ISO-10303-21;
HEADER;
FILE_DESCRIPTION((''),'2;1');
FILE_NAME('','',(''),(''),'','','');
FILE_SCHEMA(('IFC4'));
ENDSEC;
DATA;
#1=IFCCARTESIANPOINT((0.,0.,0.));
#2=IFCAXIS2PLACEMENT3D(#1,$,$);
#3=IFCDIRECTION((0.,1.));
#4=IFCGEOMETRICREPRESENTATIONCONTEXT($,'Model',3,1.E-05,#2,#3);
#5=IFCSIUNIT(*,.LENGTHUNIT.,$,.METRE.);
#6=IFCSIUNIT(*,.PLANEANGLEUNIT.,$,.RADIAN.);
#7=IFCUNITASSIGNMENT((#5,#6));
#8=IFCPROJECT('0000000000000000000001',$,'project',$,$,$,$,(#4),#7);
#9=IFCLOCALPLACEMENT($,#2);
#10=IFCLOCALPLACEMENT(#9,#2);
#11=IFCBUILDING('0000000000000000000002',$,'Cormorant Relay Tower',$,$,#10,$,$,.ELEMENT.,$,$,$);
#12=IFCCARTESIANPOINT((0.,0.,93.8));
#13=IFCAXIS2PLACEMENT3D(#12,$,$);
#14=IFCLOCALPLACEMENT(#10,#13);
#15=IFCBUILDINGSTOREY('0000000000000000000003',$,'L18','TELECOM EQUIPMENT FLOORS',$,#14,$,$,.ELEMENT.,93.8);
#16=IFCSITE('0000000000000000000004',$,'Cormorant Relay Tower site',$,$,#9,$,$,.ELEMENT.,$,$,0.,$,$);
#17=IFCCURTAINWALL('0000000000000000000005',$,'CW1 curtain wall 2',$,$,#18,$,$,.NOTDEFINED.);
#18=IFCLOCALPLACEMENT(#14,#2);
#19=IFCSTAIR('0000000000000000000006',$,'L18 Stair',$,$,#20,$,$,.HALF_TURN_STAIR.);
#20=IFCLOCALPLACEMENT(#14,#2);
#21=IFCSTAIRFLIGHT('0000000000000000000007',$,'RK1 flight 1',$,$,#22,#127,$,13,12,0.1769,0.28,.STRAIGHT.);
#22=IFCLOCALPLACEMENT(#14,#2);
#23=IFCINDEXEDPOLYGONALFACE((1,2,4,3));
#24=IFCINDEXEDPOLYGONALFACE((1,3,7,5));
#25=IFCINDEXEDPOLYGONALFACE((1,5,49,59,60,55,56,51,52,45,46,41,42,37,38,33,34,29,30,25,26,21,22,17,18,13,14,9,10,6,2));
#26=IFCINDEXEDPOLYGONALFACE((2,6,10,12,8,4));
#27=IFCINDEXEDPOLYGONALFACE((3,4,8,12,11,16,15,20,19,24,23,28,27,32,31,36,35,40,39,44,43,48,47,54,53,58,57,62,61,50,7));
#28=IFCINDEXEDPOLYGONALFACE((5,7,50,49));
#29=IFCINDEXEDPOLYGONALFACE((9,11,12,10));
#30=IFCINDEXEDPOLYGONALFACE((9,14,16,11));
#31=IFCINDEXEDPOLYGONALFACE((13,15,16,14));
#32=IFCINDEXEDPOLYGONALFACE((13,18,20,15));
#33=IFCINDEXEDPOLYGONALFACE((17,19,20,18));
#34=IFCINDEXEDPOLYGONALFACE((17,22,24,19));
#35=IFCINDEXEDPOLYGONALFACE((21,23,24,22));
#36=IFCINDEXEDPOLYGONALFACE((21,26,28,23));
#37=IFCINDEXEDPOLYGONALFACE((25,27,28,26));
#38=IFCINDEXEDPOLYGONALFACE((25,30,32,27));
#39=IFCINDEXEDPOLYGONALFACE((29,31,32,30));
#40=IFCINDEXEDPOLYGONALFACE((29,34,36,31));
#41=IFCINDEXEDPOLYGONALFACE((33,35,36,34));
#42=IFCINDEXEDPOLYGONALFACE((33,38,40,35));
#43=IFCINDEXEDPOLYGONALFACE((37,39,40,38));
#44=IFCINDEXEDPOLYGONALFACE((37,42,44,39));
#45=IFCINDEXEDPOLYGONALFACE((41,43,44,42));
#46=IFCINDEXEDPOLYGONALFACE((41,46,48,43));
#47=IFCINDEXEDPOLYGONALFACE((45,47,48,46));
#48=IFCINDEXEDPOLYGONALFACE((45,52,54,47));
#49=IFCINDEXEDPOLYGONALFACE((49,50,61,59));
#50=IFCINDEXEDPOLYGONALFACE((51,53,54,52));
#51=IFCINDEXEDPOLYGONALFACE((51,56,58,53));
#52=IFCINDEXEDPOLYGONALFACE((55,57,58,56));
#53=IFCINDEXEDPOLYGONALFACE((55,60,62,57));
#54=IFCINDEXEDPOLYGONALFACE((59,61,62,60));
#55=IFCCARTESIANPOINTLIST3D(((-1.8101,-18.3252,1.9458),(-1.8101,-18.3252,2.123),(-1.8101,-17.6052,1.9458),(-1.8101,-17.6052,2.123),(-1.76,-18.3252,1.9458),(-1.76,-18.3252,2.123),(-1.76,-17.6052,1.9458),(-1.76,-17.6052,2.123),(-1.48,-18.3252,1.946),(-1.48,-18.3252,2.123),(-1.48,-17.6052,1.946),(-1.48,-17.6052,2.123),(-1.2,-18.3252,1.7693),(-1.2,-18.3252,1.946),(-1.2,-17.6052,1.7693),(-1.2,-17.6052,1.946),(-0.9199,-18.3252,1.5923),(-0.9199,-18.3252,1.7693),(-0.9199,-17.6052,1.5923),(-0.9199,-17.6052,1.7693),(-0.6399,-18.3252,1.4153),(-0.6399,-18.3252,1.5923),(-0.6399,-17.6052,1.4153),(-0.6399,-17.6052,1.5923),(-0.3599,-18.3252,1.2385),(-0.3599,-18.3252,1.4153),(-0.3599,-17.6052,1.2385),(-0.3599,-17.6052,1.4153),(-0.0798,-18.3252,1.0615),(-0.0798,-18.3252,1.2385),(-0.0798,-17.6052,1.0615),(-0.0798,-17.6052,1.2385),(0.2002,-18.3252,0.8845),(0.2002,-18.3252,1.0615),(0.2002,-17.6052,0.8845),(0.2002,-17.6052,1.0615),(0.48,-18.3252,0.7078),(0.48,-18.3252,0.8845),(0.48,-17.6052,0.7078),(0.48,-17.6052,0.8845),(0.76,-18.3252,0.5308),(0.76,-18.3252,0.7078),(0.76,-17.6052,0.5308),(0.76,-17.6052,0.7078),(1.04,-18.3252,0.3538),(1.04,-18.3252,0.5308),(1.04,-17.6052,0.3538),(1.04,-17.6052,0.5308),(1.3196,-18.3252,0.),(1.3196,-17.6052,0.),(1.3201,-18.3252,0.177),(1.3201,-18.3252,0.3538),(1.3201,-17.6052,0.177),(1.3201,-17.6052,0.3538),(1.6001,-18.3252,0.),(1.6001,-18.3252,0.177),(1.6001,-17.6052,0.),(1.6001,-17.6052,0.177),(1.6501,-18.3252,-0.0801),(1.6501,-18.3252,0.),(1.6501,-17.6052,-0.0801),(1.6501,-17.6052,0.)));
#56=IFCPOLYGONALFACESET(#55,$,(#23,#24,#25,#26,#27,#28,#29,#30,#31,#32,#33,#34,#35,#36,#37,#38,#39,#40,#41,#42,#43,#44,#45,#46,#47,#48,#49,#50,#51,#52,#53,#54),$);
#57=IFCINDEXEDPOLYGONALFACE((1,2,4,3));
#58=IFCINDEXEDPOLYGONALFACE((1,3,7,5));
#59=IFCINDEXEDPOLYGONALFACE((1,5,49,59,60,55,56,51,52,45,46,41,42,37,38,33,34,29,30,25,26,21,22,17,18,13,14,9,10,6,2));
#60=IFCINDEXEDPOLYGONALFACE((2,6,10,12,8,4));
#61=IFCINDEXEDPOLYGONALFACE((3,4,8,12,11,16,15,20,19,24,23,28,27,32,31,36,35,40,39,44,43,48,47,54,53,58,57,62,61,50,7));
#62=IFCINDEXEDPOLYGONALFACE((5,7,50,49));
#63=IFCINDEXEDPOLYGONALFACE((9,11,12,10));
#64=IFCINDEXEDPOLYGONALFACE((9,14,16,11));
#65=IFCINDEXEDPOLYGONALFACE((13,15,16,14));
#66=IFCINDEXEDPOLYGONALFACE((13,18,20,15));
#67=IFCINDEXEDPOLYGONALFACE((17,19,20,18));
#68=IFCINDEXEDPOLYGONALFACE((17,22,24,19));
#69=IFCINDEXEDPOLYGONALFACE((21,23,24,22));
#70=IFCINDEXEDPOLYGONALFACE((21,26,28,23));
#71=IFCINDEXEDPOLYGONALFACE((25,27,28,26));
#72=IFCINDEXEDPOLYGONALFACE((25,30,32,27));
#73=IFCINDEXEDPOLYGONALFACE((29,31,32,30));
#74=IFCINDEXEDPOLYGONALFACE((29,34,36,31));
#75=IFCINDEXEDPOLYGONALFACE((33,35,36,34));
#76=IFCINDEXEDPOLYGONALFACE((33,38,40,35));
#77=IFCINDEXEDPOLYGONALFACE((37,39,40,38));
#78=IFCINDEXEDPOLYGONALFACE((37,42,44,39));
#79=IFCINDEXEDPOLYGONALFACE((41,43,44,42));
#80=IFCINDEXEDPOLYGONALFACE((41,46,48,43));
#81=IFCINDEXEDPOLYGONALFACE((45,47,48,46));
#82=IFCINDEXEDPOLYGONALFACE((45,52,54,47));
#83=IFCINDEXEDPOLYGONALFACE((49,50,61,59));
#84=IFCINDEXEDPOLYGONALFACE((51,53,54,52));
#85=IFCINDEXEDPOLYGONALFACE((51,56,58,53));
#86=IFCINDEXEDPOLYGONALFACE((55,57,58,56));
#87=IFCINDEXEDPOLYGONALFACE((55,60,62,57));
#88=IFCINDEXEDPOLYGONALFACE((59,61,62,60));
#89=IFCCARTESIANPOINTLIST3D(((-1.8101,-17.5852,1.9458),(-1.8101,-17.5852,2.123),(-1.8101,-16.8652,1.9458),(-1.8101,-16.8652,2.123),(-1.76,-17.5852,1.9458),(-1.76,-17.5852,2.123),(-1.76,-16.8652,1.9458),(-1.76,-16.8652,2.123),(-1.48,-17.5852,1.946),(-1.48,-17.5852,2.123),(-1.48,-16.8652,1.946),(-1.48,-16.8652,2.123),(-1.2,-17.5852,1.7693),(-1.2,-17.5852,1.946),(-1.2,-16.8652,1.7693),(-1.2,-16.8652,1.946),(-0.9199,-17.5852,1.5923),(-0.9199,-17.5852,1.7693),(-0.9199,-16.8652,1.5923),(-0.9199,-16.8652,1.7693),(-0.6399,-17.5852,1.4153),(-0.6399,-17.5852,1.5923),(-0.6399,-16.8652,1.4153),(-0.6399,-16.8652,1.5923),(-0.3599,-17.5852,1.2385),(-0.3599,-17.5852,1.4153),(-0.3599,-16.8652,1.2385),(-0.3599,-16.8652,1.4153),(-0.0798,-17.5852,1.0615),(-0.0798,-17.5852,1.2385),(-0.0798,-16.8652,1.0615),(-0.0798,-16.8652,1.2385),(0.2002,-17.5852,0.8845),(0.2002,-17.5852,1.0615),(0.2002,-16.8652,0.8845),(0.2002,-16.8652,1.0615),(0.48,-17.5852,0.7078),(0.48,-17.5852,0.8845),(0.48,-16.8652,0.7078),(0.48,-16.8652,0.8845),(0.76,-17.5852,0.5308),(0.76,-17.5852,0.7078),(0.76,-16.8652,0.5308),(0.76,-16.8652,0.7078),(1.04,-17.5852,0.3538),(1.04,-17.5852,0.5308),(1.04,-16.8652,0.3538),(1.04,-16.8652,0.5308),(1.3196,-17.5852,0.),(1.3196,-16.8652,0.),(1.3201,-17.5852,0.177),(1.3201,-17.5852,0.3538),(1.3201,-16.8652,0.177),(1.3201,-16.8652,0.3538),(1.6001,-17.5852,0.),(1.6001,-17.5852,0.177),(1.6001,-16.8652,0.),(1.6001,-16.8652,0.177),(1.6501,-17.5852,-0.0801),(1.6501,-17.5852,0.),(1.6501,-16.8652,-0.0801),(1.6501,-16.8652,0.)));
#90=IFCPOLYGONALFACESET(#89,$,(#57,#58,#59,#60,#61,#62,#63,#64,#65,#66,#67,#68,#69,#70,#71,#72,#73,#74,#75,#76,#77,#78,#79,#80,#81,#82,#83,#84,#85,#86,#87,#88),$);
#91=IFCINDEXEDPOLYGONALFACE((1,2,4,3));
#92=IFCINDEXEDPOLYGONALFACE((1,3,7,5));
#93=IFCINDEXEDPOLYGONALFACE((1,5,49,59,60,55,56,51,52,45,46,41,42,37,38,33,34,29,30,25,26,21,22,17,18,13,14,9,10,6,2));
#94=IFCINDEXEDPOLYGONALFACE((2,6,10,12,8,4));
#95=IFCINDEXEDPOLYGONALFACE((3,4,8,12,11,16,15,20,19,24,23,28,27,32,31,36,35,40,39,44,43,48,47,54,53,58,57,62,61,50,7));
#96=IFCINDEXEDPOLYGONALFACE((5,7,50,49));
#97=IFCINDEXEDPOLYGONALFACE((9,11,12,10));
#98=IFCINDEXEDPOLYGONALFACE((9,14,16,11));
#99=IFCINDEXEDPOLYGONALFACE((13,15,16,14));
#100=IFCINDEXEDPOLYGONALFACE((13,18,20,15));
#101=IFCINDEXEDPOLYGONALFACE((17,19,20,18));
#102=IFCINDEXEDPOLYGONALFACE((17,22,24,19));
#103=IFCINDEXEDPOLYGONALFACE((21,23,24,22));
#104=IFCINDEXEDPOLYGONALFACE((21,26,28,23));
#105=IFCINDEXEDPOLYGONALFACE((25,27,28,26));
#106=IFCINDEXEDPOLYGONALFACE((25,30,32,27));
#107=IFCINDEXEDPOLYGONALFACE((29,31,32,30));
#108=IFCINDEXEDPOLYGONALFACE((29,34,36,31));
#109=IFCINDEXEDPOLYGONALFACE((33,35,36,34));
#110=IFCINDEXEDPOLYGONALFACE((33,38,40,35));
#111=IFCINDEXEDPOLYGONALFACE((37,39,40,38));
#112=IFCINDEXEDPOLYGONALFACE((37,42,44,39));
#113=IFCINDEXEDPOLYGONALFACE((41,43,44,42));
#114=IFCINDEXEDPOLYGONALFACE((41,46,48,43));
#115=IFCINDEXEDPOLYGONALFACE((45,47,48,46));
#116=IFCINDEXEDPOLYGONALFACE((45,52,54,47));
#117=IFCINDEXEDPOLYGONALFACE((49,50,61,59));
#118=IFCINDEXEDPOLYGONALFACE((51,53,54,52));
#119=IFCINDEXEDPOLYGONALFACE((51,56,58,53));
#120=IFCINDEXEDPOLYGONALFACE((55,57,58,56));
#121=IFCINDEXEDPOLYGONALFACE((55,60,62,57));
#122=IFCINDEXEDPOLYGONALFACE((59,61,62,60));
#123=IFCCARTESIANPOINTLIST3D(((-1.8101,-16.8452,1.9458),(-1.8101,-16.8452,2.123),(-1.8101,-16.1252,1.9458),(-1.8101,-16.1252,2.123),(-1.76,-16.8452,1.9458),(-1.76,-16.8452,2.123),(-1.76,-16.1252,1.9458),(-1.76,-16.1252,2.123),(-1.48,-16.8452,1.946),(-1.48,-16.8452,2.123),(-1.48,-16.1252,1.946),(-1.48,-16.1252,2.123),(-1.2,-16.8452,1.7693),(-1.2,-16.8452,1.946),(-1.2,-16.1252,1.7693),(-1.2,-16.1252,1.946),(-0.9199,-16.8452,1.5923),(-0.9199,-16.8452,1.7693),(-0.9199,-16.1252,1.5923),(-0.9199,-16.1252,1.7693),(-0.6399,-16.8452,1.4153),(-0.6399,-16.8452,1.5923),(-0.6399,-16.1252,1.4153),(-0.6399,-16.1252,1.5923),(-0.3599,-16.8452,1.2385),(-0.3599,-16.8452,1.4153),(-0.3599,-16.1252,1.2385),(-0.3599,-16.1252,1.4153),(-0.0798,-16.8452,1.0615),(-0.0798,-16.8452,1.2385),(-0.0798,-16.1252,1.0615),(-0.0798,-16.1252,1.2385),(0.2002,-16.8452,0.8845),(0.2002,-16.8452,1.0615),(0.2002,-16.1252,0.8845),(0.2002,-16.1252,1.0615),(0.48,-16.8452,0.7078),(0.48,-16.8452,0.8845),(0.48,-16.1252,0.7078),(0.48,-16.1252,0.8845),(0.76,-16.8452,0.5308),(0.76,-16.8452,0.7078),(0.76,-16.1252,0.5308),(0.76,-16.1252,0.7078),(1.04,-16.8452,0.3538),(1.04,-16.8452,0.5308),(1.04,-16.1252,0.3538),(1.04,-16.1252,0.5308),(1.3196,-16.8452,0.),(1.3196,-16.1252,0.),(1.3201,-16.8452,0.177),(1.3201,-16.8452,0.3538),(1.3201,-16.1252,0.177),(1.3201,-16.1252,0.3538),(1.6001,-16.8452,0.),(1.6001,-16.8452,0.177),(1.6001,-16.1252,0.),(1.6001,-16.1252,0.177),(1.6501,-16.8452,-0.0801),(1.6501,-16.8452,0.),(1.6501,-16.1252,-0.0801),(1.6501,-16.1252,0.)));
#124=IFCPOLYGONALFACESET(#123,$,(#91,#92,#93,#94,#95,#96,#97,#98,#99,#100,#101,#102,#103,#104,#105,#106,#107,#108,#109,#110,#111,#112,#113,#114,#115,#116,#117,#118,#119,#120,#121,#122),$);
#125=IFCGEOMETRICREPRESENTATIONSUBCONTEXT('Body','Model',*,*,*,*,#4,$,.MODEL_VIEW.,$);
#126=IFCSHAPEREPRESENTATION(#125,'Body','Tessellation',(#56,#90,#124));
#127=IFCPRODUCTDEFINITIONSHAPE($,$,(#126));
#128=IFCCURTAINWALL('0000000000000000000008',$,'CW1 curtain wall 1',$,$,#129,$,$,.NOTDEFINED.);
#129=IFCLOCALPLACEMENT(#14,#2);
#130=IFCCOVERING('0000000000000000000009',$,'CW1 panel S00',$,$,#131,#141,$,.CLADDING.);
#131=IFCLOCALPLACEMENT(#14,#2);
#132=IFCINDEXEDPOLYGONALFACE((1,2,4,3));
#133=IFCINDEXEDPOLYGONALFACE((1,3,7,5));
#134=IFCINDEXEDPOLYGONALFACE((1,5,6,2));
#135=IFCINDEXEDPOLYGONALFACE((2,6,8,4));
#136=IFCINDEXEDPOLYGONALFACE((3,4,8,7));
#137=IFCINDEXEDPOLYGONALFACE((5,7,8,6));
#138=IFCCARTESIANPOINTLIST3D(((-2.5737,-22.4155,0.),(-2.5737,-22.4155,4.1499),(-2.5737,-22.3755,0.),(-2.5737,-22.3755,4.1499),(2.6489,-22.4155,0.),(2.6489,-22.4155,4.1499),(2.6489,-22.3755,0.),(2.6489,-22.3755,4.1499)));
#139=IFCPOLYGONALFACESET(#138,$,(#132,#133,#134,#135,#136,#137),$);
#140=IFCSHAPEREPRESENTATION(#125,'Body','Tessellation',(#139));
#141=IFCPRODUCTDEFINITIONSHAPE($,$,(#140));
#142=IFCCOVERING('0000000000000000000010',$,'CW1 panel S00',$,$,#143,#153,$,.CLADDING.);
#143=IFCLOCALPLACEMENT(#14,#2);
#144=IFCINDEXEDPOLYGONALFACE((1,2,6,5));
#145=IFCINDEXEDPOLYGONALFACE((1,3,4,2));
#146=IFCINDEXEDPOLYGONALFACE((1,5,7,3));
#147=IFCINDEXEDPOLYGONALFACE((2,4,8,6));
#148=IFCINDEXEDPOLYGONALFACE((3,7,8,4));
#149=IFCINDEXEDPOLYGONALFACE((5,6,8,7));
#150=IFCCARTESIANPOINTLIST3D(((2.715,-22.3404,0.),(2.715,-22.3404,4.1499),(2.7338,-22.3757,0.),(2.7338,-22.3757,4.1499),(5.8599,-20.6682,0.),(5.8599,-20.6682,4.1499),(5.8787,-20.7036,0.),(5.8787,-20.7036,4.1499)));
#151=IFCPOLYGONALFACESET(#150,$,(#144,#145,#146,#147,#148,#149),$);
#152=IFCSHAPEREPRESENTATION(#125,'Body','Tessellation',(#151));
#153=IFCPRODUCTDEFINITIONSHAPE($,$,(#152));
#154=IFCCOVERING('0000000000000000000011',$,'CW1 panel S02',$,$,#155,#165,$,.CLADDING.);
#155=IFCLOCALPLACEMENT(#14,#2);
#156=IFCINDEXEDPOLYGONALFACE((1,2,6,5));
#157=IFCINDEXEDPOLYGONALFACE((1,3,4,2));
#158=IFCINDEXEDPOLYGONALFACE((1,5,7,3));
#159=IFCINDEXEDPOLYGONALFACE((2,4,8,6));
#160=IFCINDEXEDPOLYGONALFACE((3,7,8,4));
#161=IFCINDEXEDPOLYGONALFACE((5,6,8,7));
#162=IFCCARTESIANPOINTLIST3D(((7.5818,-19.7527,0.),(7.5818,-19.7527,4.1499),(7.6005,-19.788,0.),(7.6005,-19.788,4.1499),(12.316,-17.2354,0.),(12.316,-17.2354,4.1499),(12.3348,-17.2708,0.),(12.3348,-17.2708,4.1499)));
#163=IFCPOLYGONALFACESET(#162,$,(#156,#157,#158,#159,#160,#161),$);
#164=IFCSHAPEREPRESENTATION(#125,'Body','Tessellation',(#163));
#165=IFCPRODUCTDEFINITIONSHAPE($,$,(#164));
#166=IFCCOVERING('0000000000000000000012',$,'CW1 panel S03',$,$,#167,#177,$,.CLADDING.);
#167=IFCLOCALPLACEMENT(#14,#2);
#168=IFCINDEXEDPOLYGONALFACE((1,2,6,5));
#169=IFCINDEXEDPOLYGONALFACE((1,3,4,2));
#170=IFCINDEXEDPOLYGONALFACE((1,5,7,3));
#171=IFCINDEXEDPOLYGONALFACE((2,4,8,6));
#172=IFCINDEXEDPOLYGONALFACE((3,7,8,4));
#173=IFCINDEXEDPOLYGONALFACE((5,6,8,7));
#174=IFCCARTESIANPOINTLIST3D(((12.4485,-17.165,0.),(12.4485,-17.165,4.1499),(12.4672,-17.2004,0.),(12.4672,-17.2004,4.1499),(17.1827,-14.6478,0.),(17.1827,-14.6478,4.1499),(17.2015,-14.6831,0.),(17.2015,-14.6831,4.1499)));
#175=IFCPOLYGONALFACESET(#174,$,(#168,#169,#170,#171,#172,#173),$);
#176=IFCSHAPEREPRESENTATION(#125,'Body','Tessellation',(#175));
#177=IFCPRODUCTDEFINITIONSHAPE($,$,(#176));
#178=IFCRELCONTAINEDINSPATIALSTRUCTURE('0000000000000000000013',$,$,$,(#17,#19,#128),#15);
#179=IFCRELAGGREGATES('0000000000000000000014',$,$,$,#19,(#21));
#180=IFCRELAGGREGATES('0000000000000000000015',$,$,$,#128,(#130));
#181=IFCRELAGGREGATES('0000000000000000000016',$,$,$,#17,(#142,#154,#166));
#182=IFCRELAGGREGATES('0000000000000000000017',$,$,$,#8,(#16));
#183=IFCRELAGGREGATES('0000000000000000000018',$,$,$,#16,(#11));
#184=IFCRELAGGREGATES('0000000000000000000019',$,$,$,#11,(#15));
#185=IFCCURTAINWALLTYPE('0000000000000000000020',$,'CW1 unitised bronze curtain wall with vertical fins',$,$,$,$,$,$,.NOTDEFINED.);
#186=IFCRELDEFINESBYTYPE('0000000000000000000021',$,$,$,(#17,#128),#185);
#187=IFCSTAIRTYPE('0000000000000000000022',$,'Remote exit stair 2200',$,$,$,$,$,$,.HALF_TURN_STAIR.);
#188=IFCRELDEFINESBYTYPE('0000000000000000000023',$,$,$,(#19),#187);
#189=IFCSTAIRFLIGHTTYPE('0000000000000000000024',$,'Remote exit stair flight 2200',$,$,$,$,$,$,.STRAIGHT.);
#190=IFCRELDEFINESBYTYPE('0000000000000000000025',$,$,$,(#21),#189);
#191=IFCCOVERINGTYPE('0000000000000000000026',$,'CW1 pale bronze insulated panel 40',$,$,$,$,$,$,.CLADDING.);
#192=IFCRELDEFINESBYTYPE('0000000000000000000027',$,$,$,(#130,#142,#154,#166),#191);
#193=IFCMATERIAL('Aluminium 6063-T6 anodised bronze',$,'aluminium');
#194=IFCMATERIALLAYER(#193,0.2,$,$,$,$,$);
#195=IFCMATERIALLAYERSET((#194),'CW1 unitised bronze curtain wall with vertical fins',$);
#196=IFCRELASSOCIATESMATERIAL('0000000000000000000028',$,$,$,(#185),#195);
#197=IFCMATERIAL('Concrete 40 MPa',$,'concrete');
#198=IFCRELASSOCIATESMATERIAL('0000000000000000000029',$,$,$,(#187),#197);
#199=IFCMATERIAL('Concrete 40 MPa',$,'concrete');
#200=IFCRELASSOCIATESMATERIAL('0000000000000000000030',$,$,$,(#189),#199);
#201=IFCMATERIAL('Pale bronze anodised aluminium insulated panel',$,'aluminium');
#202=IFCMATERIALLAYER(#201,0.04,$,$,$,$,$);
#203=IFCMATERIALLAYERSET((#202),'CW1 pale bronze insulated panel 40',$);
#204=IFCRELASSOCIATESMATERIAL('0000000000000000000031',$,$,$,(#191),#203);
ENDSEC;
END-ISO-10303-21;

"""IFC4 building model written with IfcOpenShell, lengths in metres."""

from ifc_helpers import new_model, si_unit, direction, frame, origin, origin_2d, place, context, subcontext, project, spatial, polyline, rectangle, outline, extrude, material, layer, layer_set, type_object, element, aggregate, save


model = new_model("IFC4")

# Units and contexts
model_context = context("Model", 3, precision=1e-05, world=origin(), true_north=direction((0.0, 1.0)))
body_context = subcontext(model_context, "Body", "Model", "MODEL_VIEW")
ifc_project = project(units=[si_unit("LENGTHUNIT", "METRE"), si_unit("PLANEANGLEUNIT", "RADIAN")], contexts=[model_context])

# Site, building, storey
site_placement = place(None, origin())
site = spatial("IfcSite", under=ifc_project, at=site_placement, Name="Cormorant Relay Tower site", CompositionType="ELEMENT", RefElevation=0.0)
building_placement = place(site_placement, origin())
building = spatial("IfcBuilding", under=site, at=building_placement, Name="Cormorant Relay Tower", CompositionType="ELEMENT")
storey_placement = place(building_placement, frame((0.0, 0.0, 93.8)))
storey = spatial("IfcBuildingStorey", under=building, at=storey_placement, Name="L18", Description="TELECOM EQUIPMENT FLOORS", CompositionType="ELEMENT", Elevation=93.8)

# Curtain wall
ifc_material_1 = material(Name="Aluminium 6063-T6 anodised bronze", Category="aluminium")
ifc_layer_1 = layer(ifc_material_1, 0.2)
ifc_layer_set_1 = layer_set([ifc_layer_1], Name="CW1 unitised bronze curtain wall with vertical fins")
curtain_wall_type = type_object("IfcCurtainWallType", Name="CW1 unitised bronze curtain wall with vertical fins", PredefinedType="NOTDEFINED", material=ifc_layer_set_1)
curtain_wall_1_placement = place(storey_placement, origin())
curtain_wall_1 = element("IfcCurtainWall", 1, at=curtain_wall_1_placement, inside=storey, type_object=curtain_wall_type, Name="CW1 curtain wall 2", PredefinedType="NOTDEFINED")

# Stair, stair flight
ifc_material_2 = material(Name="Concrete 40 MPa", Category="concrete")
stair_type = type_object("IfcStairType", Name="Remote exit stair 2200", PredefinedType="HALF_TURN_STAIR", material=ifc_material_2)
stair_placement = place(storey_placement, origin())
stair = element("IfcStair", 2, at=stair_placement, inside=storey, type_object=stair_type, Name="L18 Stair", PredefinedType="HALF_TURN_STAIR")
ifc_material_3 = material(Name="Concrete 40 MPa", Category="concrete")
stair_flight_type = type_object("IfcStairFlightType", Name="Remote exit stair flight 2200", PredefinedType="STRAIGHT", material=ifc_material_3)
stair_flight_placement = place(storey_placement, frame((1.6001, -17.2251, 0.0), z_axis=(0.0, 0.0, 1.0), x_axis=(-1.0, 0.0, 0.0)))
stair_flight = element("IfcStairFlight", 3, at=stair_flight_placement, type_object=stair_flight_type, Name="RK1 flight 1", NumberOfRisers=13, NumberOfTreads=12, PredefinedType="STRAIGHT", RiserHeight=0.1769, TreadLength=0.28, context=body_context, shape_type="SweptSolid", body=[
    extrude(outline(polyline([(-0.05, -0.0801), (-0.05, 0.0), (0.0, 0.0), (0.0, 0.177), (0.28, 0.177), (0.28, 0.3538), (0.5601, 0.3538), (0.5601, 0.5308), (0.8401, 0.5308), (0.8401, 0.7078), (1.1201, 0.7078), (1.1201, 0.8845), (1.3999, 0.8845), (1.3999, 1.0615), (1.6799, 1.0615), (1.6799, 1.2385), (1.96, 1.2385), (1.96, 1.4153), (2.24, 1.4153), (2.24, 1.5923), (2.52, 1.5923), (2.52, 1.7693), (2.8, 1.7693), (2.8, 1.946), (3.0801, 1.946), (3.0801, 2.123), (3.3601, 2.123), (3.4102, 2.123), (3.4102, 1.9458), (3.3601, 1.9458), (0.2805, 0.0), (-0.05, -0.0801)])), frame((0.0, 1.1001, 0.0), z_axis=(0.0, -1.0, 0.0), x_axis=(1.0, 0.0, 0.0)), (0.0, 0.0, 1.0), 0.72),
    extrude(outline(polyline([(-0.05, -0.0801), (-0.05, 0.0), (0.0, 0.0), (0.0, 0.177), (0.28, 0.177), (0.28, 0.3538), (0.5601, 0.3538), (0.5601, 0.5308), (0.8401, 0.5308), (0.8401, 0.7078), (1.1201, 0.7078), (1.1201, 0.8845), (1.3999, 0.8845), (1.3999, 1.0615), (1.6799, 1.0615), (1.6799, 1.2385), (1.96, 1.2385), (1.96, 1.4153), (2.24, 1.4153), (2.24, 1.5923), (2.52, 1.5923), (2.52, 1.7693), (2.8, 1.7693), (2.8, 1.946), (3.0801, 1.946), (3.0801, 2.123), (3.3601, 2.123), (3.4102, 2.123), (3.4102, 1.9458), (3.3601, 1.9458), (0.2805, 0.0), (-0.05, -0.0801)])), frame((0.0, 0.3601, 0.0), z_axis=(0.0, -1.0, 0.0), x_axis=(1.0, 0.0, 0.0)), (0.0, 0.0, 1.0), 0.72),
    extrude(outline(polyline([(-0.05, -0.0801), (-0.05, 0.0), (0.0, 0.0), (0.0, 0.177), (0.28, 0.177), (0.28, 0.3538), (0.5601, 0.3538), (0.5601, 0.5308), (0.8401, 0.5308), (0.8401, 0.7078), (1.1201, 0.7078), (1.1201, 0.8845), (1.3999, 0.8845), (1.3999, 1.0615), (1.6799, 1.0615), (1.6799, 1.2385), (1.96, 1.2385), (1.96, 1.4153), (2.24, 1.4153), (2.24, 1.5923), (2.52, 1.5923), (2.52, 1.7693), (2.8, 1.7693), (2.8, 1.946), (3.0801, 1.946), (3.0801, 2.123), (3.3601, 2.123), (3.4102, 2.123), (3.4102, 1.9458), (3.3601, 1.9458), (0.2805, 0.0), (-0.05, -0.0801)])), frame((0.0, -0.3799, 0.0), z_axis=(0.0, -1.0, 0.0), x_axis=(1.0, 0.0, 0.0)), (0.0, 0.0, 1.0), 0.72),
])
aggregate(stair, [stair_flight])

# Curtain wall, covering
curtain_wall_2_placement = place(storey_placement, origin())
curtain_wall_2 = element("IfcCurtainWall", 4, at=curtain_wall_2_placement, inside=storey, type_object=curtain_wall_type, Name="CW1 curtain wall 1", PredefinedType="NOTDEFINED")
ifc_material_4 = material(Name="Pale bronze anodised aluminium insulated panel", Category="aluminium")
ifc_layer_2 = layer(ifc_material_4, 0.04)
ifc_layer_set_2 = layer_set([ifc_layer_2], Name="CW1 pale bronze insulated panel 40")
covering_type = type_object("IfcCoveringType", Name="CW1 pale bronze insulated panel 40", PredefinedType="CLADDING", material=ifc_layer_set_2)
covering_1_placement = place(storey_placement, frame((0.0376, -22.3955, 0.0), z_axis=(0.0, 0.0, 1.0), x_axis=(1.0, 0.0, 0.0)))
covering_1 = element("IfcCovering", 5, at=covering_1_placement, type_object=covering_type, Name="CW1 panel S00", PredefinedType="CLADDING", context=body_context, shape_type="SweptSolid", body=[
    extrude(rectangle(XDim=5.2227, YDim=0.04, at=origin_2d()), origin(), (0.0, 0.0, 1.0), 4.1499),
])
aggregate(curtain_wall_2, [covering_1])

# Coverings
covering_2_placement = place(storey_placement, frame((4.2969, -21.522, 0.0), z_axis=(0.0, 0.0, 1.0), x_axis=(0.882948, 0.469472, 0.0)))
covering_2 = element("IfcCovering", 6, at=covering_2_placement, type_object=covering_type, Name="CW1 panel S00", PredefinedType="CLADDING", context=body_context, shape_type="SweptSolid", body=[
    extrude(rectangle(XDim=3.5618, YDim=0.04, at=origin_2d()), origin(), (0.0, 0.0, 1.0), 4.1499),
])
covering_3_placement = place(storey_placement, frame((9.9583, -18.5117, 0.0), z_axis=(0.0, 0.0, 1.0), x_axis=(0.882948, 0.469472, 0.0)))
covering_3 = element("IfcCovering", 7, at=covering_3_placement, type_object=covering_type, Name="CW1 panel S02", PredefinedType="CLADDING", context=body_context, shape_type="SweptSolid", body=[
    extrude(rectangle(XDim=5.3618, YDim=0.04, at=origin_2d()), origin(), (0.0, 0.0, 1.0), 4.1499),
])
covering_4_placement = place(storey_placement, frame((14.825, -15.9241, 0.0), z_axis=(0.0, 0.0, 1.0), x_axis=(0.882948, 0.469472, 0.0)))
covering_4 = element("IfcCovering", 8, at=covering_4_placement, type_object=covering_type, Name="CW1 panel S03", PredefinedType="CLADDING", context=body_context, shape_type="SweptSolid", body=[
    extrude(rectangle(XDim=5.3618, YDim=0.04, at=origin_2d()), origin(), (0.0, 0.0, 1.0), 4.1499),
])
aggregate(curtain_wall_1, [covering_2, covering_3, covering_4])

save(model, "model.ifc")
